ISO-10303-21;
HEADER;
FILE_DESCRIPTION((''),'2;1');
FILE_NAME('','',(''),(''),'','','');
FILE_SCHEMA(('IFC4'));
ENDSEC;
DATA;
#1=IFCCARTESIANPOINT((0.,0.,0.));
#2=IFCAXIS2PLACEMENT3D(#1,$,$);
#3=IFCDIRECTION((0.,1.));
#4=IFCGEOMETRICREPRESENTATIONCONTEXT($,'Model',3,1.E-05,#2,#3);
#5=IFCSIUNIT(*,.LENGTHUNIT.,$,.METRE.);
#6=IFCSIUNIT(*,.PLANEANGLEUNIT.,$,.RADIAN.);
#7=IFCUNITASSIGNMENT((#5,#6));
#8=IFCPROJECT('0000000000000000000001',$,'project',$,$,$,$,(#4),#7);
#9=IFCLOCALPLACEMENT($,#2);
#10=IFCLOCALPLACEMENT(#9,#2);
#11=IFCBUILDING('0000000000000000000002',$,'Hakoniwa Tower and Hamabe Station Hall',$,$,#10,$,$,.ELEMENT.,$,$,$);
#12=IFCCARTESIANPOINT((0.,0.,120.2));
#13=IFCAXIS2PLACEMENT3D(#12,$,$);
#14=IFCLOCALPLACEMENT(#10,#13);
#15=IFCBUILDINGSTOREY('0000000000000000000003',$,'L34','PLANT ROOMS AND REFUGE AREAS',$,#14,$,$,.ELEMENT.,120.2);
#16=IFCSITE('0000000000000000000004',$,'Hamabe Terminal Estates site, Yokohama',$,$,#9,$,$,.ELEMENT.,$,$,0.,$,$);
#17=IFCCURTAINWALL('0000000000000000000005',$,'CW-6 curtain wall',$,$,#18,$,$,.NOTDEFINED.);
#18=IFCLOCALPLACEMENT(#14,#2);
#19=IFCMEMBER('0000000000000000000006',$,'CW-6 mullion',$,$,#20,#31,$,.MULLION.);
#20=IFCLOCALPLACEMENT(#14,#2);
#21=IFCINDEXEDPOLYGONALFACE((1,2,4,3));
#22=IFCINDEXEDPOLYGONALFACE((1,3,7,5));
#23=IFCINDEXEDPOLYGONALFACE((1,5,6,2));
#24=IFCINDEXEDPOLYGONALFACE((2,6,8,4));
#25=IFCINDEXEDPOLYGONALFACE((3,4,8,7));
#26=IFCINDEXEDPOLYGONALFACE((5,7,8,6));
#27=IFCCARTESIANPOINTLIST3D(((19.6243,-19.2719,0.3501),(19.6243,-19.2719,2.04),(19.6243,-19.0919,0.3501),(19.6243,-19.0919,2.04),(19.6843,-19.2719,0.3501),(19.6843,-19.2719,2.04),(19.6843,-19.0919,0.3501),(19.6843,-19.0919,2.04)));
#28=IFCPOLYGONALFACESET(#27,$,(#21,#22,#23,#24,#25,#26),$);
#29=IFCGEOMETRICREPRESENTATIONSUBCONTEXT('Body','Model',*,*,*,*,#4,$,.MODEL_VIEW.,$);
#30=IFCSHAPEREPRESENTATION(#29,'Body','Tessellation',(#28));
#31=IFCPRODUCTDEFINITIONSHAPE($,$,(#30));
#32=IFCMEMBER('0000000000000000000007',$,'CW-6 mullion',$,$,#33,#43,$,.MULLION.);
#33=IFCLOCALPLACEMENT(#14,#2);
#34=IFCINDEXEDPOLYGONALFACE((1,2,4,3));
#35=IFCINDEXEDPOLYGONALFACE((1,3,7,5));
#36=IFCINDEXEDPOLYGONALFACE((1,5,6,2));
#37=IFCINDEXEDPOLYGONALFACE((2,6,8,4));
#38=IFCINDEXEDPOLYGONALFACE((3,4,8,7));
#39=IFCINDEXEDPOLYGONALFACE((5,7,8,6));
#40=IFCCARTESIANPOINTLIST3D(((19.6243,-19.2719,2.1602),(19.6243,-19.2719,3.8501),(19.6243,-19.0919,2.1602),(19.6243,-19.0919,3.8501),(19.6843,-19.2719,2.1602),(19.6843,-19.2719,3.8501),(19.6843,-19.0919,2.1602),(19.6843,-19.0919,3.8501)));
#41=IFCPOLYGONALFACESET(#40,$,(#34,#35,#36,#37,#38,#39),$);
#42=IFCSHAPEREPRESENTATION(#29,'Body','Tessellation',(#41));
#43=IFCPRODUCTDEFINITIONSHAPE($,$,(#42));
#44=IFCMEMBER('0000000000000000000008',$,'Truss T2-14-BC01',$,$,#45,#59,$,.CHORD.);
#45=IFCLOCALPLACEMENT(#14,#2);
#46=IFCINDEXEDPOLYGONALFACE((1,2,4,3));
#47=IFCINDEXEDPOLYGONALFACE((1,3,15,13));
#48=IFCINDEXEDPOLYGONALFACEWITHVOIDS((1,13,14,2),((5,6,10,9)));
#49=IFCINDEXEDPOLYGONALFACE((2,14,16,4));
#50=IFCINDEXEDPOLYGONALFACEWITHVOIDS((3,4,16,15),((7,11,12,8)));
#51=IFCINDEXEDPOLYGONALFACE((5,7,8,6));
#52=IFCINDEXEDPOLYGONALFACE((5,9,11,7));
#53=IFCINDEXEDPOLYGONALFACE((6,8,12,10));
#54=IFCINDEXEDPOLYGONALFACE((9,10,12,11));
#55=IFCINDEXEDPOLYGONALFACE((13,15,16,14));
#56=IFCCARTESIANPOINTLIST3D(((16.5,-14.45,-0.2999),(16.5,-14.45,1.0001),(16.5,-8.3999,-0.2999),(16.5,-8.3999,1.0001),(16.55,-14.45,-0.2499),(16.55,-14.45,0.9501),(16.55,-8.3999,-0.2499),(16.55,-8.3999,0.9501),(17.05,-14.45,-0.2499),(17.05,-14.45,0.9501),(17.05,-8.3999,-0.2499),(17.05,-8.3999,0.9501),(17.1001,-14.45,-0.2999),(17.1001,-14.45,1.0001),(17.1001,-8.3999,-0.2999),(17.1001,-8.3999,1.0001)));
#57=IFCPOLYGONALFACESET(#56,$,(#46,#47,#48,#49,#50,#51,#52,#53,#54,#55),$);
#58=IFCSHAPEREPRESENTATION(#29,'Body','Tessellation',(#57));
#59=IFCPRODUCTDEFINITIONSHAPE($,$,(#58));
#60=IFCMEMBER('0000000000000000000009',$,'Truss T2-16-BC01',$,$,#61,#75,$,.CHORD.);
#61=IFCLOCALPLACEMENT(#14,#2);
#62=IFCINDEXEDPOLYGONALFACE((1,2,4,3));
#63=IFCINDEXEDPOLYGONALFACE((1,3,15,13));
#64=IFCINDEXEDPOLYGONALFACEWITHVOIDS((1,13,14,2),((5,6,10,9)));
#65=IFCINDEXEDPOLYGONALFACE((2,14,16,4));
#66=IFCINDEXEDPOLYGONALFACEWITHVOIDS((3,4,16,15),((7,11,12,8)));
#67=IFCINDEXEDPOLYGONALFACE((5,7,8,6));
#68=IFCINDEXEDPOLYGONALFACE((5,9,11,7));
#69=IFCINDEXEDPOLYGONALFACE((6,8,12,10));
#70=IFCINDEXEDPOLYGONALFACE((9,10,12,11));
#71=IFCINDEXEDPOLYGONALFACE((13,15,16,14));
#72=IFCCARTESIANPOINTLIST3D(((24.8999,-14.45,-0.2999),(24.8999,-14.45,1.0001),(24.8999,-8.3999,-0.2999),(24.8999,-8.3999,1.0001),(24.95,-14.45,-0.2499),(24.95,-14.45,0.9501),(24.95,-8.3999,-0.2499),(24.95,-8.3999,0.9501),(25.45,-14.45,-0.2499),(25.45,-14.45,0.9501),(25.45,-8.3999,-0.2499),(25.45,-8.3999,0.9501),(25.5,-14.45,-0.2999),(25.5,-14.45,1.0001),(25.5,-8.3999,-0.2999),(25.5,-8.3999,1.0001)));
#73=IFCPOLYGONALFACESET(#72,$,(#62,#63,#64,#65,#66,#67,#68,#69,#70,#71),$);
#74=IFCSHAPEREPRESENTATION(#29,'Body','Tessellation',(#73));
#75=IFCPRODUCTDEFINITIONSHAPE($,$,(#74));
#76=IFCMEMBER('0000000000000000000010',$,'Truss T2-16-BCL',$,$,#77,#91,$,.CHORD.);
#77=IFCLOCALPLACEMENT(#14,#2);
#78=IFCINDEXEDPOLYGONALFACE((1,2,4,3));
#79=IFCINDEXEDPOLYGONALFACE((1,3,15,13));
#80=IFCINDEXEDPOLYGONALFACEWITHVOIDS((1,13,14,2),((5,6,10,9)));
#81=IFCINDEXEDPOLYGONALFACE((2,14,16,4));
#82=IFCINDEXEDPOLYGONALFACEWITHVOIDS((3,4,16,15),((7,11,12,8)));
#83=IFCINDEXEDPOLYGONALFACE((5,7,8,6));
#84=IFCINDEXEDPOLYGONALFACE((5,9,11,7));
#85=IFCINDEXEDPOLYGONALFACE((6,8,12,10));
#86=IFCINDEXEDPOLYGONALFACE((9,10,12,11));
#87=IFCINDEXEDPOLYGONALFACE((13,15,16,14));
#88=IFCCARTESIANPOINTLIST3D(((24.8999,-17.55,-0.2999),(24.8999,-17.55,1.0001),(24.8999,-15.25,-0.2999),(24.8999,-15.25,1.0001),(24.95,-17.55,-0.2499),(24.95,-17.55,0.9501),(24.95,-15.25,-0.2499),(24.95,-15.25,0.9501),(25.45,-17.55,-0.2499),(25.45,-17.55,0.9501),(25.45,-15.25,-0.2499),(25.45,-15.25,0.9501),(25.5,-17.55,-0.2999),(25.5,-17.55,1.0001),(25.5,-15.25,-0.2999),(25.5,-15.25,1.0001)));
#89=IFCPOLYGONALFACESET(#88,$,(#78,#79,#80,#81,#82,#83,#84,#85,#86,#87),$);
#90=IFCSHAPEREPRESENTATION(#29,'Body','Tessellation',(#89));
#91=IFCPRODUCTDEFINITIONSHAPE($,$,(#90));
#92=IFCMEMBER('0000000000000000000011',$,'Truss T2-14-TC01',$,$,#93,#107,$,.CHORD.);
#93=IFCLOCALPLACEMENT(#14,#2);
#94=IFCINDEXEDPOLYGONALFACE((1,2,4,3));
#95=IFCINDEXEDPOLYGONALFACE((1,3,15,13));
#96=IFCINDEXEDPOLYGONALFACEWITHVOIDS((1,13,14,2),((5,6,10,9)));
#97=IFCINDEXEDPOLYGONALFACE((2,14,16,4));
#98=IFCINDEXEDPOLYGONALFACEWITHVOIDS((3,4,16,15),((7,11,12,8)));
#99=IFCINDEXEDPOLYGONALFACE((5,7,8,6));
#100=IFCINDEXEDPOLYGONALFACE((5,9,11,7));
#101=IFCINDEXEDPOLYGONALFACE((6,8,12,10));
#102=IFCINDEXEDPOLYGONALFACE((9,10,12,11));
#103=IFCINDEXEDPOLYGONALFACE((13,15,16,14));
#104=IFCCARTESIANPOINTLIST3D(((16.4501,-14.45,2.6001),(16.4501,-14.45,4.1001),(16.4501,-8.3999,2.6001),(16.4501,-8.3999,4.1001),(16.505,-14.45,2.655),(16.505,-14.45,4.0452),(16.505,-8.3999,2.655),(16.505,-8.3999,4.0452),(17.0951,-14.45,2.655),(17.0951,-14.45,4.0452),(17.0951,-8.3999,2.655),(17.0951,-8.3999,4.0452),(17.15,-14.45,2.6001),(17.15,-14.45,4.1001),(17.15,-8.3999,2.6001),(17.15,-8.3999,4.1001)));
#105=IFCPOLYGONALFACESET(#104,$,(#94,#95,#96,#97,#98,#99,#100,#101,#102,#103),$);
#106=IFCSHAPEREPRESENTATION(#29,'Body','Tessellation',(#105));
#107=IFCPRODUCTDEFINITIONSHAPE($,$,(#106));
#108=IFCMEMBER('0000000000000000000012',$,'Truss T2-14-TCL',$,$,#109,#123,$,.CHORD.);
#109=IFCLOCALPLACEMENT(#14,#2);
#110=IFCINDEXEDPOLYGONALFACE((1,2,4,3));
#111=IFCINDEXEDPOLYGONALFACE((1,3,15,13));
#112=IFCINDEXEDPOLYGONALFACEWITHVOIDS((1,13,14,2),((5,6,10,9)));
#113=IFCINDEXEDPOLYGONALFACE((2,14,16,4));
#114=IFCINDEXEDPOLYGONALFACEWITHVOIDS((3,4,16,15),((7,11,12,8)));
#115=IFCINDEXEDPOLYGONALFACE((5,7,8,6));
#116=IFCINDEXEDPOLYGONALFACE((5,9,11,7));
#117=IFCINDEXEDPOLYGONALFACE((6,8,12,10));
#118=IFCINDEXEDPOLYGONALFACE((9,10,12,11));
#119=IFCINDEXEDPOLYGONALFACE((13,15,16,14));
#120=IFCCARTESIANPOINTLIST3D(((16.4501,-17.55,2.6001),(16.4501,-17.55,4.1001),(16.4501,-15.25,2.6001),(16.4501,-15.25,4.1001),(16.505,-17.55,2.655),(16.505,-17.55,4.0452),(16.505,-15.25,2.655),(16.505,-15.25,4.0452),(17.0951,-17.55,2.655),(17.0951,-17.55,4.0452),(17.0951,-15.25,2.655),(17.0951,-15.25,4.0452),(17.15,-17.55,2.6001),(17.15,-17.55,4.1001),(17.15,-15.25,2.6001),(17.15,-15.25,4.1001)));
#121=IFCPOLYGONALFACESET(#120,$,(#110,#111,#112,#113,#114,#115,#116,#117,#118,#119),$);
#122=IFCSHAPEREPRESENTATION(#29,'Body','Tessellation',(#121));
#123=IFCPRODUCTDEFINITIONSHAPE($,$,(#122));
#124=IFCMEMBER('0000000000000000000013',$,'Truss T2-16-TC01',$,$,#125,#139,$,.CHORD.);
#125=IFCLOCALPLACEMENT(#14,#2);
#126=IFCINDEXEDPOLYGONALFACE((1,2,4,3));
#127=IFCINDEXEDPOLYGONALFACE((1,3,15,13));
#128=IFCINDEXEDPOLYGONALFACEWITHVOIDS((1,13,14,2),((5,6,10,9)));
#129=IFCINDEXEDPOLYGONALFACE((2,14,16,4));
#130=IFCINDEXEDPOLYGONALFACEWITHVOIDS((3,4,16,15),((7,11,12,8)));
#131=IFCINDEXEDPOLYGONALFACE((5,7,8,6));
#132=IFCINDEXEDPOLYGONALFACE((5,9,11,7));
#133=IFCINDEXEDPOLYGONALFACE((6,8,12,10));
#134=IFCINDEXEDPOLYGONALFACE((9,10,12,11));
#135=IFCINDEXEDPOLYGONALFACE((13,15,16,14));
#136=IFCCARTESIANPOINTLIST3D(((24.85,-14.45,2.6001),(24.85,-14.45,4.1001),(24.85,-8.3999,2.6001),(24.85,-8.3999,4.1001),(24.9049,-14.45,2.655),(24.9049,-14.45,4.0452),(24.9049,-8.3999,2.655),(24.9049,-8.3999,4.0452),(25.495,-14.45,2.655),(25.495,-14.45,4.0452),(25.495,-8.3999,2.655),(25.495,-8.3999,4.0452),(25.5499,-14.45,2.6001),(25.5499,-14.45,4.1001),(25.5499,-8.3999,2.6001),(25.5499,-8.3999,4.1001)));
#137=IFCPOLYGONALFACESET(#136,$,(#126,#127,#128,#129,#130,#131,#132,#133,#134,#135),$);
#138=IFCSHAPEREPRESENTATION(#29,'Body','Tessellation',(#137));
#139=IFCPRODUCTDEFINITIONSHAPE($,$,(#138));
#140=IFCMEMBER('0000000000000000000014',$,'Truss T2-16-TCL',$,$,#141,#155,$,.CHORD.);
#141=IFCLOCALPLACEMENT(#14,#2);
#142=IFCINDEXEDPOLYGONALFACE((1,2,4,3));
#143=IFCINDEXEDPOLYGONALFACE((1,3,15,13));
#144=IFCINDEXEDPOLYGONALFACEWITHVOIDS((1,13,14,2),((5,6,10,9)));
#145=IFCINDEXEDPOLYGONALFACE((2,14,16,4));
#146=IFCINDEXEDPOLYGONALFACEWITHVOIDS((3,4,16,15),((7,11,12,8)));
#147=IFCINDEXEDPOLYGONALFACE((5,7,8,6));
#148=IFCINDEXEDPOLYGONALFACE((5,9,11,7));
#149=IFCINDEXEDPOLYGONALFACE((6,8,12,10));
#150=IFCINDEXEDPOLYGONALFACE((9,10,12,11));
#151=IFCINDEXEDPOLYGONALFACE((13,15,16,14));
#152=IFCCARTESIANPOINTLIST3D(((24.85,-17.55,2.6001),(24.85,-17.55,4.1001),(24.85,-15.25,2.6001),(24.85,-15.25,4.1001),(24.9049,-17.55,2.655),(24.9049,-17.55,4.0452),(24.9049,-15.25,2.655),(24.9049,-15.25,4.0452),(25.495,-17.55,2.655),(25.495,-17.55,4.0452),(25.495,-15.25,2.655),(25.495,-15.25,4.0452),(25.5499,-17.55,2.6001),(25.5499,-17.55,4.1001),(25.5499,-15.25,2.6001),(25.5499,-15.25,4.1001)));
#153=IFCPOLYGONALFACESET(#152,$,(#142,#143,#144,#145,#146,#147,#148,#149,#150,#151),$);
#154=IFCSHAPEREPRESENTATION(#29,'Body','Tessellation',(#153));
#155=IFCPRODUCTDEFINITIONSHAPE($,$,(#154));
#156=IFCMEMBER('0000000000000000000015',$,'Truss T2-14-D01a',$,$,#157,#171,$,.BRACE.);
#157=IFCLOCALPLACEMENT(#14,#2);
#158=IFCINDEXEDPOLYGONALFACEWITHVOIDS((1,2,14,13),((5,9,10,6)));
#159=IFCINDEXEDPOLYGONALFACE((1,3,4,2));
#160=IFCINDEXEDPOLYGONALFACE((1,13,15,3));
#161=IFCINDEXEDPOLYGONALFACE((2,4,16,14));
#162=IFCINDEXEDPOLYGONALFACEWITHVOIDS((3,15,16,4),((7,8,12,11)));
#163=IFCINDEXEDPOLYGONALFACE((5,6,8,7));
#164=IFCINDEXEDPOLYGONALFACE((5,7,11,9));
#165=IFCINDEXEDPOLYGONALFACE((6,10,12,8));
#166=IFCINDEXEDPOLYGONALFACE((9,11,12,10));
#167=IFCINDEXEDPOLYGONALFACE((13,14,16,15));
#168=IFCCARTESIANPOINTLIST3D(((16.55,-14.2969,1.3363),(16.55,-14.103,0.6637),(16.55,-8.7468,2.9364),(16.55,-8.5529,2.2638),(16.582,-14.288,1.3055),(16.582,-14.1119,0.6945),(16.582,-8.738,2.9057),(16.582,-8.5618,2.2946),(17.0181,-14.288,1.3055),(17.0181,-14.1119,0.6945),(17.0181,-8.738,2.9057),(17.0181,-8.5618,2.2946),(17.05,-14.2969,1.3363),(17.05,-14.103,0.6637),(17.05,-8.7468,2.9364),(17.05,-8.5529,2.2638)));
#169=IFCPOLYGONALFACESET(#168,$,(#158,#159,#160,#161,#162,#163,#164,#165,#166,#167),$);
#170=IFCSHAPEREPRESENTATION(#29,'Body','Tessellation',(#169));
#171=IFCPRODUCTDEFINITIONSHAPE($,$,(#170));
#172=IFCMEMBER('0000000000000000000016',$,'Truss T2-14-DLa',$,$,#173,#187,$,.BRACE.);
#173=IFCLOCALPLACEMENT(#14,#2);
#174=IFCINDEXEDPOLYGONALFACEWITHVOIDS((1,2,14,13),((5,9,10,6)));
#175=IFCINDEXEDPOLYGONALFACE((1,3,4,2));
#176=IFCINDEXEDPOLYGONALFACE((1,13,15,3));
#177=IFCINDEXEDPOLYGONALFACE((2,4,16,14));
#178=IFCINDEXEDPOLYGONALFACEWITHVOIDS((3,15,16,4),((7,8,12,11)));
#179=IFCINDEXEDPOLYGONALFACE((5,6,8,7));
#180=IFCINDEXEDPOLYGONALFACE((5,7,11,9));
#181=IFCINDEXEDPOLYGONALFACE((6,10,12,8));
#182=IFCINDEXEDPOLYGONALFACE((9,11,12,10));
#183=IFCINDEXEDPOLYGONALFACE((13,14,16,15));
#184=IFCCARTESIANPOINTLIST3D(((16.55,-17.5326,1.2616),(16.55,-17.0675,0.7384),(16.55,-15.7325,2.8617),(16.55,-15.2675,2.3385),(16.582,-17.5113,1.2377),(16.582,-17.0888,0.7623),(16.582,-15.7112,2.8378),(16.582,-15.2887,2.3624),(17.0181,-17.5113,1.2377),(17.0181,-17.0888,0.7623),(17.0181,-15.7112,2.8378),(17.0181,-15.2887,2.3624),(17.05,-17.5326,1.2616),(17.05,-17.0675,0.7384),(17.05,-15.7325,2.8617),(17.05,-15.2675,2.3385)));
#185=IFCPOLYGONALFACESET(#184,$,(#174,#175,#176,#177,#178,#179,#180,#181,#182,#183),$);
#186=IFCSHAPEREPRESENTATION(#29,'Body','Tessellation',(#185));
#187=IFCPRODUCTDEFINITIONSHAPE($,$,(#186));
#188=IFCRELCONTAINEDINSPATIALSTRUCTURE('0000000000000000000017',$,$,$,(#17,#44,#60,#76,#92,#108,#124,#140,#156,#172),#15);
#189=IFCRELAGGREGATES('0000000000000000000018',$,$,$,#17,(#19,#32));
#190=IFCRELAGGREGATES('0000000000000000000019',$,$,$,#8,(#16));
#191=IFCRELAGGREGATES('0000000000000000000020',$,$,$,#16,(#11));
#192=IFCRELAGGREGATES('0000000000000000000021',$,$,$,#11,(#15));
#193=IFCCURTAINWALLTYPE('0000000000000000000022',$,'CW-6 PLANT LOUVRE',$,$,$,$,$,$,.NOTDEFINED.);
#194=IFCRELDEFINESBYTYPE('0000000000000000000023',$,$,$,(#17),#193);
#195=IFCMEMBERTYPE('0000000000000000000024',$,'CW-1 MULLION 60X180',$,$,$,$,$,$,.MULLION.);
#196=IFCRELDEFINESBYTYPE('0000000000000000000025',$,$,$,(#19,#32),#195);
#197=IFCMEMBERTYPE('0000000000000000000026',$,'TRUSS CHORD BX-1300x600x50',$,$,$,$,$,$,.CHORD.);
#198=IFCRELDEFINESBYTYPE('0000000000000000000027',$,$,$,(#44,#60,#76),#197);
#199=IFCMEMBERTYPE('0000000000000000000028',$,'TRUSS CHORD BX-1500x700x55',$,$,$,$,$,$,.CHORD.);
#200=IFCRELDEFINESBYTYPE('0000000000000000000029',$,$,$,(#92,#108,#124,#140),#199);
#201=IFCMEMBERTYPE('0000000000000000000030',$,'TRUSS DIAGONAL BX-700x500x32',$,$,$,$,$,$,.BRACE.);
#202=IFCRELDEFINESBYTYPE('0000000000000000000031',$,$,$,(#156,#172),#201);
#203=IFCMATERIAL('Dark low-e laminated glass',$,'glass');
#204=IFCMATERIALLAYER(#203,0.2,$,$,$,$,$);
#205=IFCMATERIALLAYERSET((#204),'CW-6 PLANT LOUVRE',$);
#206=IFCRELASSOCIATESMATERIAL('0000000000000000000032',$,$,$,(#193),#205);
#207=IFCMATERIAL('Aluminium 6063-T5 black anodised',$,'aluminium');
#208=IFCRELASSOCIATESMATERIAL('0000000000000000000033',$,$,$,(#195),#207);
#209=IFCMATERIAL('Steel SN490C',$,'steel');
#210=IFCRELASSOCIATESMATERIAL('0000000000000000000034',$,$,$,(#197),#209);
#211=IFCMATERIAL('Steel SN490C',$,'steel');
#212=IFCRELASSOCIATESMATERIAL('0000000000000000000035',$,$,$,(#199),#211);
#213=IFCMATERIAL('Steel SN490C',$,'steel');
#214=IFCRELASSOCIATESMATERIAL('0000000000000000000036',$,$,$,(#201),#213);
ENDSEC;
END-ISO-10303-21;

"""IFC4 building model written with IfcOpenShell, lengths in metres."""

from ifc_helpers import new_model, si_unit, direction, frame, origin, origin_2d, place, context, subcontext, project, spatial, rectangle, hollow_rectangle, extrude, material, layer, layer_set, material_profile, profile_set, type_object, element, aggregate, save


model = new_model("IFC4")

# Units and contexts
model_context = context("Model", 3, precision=1e-05, world=origin(), true_north=direction((0.0, 1.0)))
body_context = subcontext(model_context, "Body", "Model", "MODEL_VIEW")
ifc_project = project(units=[si_unit("LENGTHUNIT", "METRE"), si_unit("PLANEANGLEUNIT", "RADIAN")], contexts=[model_context])

# Site, building, storey
site_placement = place(None, origin())
site = spatial("IfcSite", under=ifc_project, at=site_placement, Name="Hamabe Terminal Estates site, Yokohama", CompositionType="ELEMENT", RefElevation=0.0)
building_placement = place(site_placement, origin())
building = spatial("IfcBuilding", under=site, at=building_placement, Name="Hakoniwa Tower and Hamabe Station Hall", CompositionType="ELEMENT")
storey_placement = place(building_placement, frame((0.0, 0.0, 120.2)))
storey = spatial("IfcBuildingStorey", under=building, at=storey_placement, Name="L34", Description="PLANT ROOMS AND REFUGE AREAS", CompositionType="ELEMENT", Elevation=120.2)

# Curtain wall, members
ifc_material_1 = material(Name="Dark low-e laminated glass", Category="glass")
ifc_layer_1 = layer(ifc_material_1, 0.2)
ifc_layer_set_1 = layer_set([ifc_layer_1], Name="CW-6 PLANT LOUVRE")
curtain_wall_type = type_object("IfcCurtainWallType", Name="CW-6 PLANT LOUVRE", PredefinedType="NOTDEFINED", material=ifc_layer_set_1)
curtain_wall_placement = place(storey_placement, origin())
curtain_wall = element("IfcCurtainWall", 1, at=curtain_wall_placement, inside=storey, type_object=curtain_wall_type, Name="CW-6 curtain wall", PredefinedType="NOTDEFINED")
ifc_material_2 = material(Name="Aluminium 6063-T5 black anodised", Category="aluminium")
ifc_material_profile_1 = material_profile(ifc_material_2, rectangle(XDim=0.0601, YDim=0.1799, at=origin_2d()), Name="CW-1 MULLION 60X180")
ifc_profile_set_1 = profile_set([ifc_material_profile_1], Name="Aluminium 6063-T5 black anodised")
member_type_1 = type_object("IfcMemberType", Name="CW-1 MULLION 60X180", PredefinedType="MULLION", material=ifc_profile_set_1)
member_1_placement = place(storey_placement, frame((19.6543, -19.1819, 0.3501), z_axis=(0.0, 0.0, 1.0), x_axis=(1.0, 0.0, 0.0)))
member_1 = element("IfcMember", 2, at=member_1_placement, type_object=member_type_1, Name="CW-6 mullion", PredefinedType="MULLION", context=body_context, shape_type="SweptSolid", body=[
    extrude(rectangle(XDim=0.0601, YDim=0.1799, at=origin_2d()), origin(), (0.0, 0.0, 1.0), 1.6899),
])
member_2_placement = place(storey_placement, frame((19.6543, -19.1819, 2.1602), z_axis=(0.0, 0.0, 1.0), x_axis=(1.0, 0.0, 0.0)))
member_2 = element("IfcMember", 3, at=member_2_placement, type_object=member_type_1, Name="CW-6 mullion", PredefinedType="MULLION", context=body_context, shape_type="SweptSolid", body=[
    extrude(rectangle(XDim=0.0601, YDim=0.1799, at=origin_2d()), origin(), (0.0, 0.0, 1.0), 1.6899),
])

# Members
ifc_material_3 = material(Name="Steel SN490C", Category="steel")
ifc_material_profile_2 = material_profile(ifc_material_3, hollow_rectangle(XDim=0.6001, YDim=1.3, WallThickness=0.05, at=origin_2d()), Name="BX-1300x600x50")
ifc_profile_set_2 = profile_set([ifc_material_profile_2], Name="Steel SN490C")
member_type_2 = type_object("IfcMemberType", Name="TRUSS CHORD BX-1300x600x50", PredefinedType="CHORD", material=ifc_profile_set_2)
for number, where, z_axis, x_axis, name in (
    (4, (16.8, -14.45, 0.3501), (0.0, 1.0, 0.0), (-1.0, 0.0, 0.0), "Truss T2-14-BC01"),
    (5, (25.2, -14.45, 0.3501), (0.0, 1.0, 0.0), (-1.0, 0.0, 0.0), "Truss T2-16-BC01"),
):
    element("IfcMember", number, at=place(storey_placement, frame(where, z_axis=z_axis, x_axis=x_axis)), inside=storey, type_object=member_type_2, Name=name, PredefinedType="CHORD", context=body_context, shape_type="SweptSolid", body=[
        extrude(hollow_rectangle(XDim=0.6001, YDim=1.3, WallThickness=0.05, at=origin_2d()), origin(), (0.0, 0.0, 1.0), 6.05),
    ])
member_3_placement = place(storey_placement, frame((25.2, -17.55, 0.3501), z_axis=(0.0, 1.0, 0.0), x_axis=(-1.0, 0.0, 0.0)))
element("IfcMember", 6, at=member_3_placement, inside=storey, type_object=member_type_2, Name="Truss T2-16-BCL", PredefinedType="CHORD", context=body_context, shape_type="SweptSolid", body=[
    extrude(hollow_rectangle(XDim=0.6001, YDim=1.3, WallThickness=0.05, at=origin_2d()), origin(), (0.0, 0.0, 1.0), 2.3),
])
ifc_material_4 = material(Name="Steel SN490C", Category="steel")
ifc_material_profile_3 = material_profile(ifc_material_4, hollow_rectangle(XDim=0.7, YDim=1.5, WallThickness=0.0549, at=origin_2d()), Name="BX-1500x700x55")
ifc_profile_set_3 = profile_set([ifc_material_profile_3], Name="Steel SN490C")
member_type_3 = type_object("IfcMemberType", Name="TRUSS CHORD BX-1500x700x55", PredefinedType="CHORD", material=ifc_profile_set_3)
member_4_placement = place(storey_placement, frame((16.8, -14.45, 3.3501), z_axis=(0.0, 1.0, 0.0), x_axis=(-1.0, 0.0, 0.0)))
element("IfcMember", 7, at=member_4_placement, inside=storey, type_object=member_type_3, Name="Truss T2-14-TC01", PredefinedType="CHORD", context=body_context, shape_type="SweptSolid", body=[
    extrude(hollow_rectangle(XDim=0.7, YDim=1.5, WallThickness=0.0549, at=origin_2d()), origin(), (0.0, 0.0, 1.0), 6.05),
])
member_5_placement = place(storey_placement, frame((16.8, -17.55, 3.3501), z_axis=(0.0, 1.0, 0.0), x_axis=(-1.0, 0.0, 0.0)))
element("IfcMember", 8, at=member_5_placement, inside=storey, type_object=member_type_3, Name="Truss T2-14-TCL", PredefinedType="CHORD", context=body_context, shape_type="SweptSolid", body=[
    extrude(hollow_rectangle(XDim=0.7, YDim=1.5, WallThickness=0.0549, at=origin_2d()), origin(), (0.0, 0.0, 1.0), 2.3),
])
member_6_placement = place(storey_placement, frame((25.2, -14.45, 3.3501), z_axis=(0.0, 1.0, 0.0), x_axis=(-1.0, 0.0, 0.0)))
element("IfcMember", 9, at=member_6_placement, inside=storey, type_object=member_type_3, Name="Truss T2-16-TC01", PredefinedType="CHORD", context=body_context, shape_type="SweptSolid", body=[
    extrude(hollow_rectangle(XDim=0.7, YDim=1.5, WallThickness=0.0549, at=origin_2d()), origin(), (0.0, 0.0, 1.0), 6.05),
])
member_7_placement = place(storey_placement, frame((25.2, -17.55, 3.3501), z_axis=(0.0, 1.0, 0.0), x_axis=(-1.0, 0.0, 0.0)))
element("IfcMember", 10, at=member_7_placement, inside=storey, type_object=member_type_3, Name="Truss T2-16-TCL", PredefinedType="CHORD", context=body_context, shape_type="SweptSolid", body=[
    extrude(hollow_rectangle(XDim=0.7, YDim=1.5, WallThickness=0.0549, at=origin_2d()), origin(), (0.0, 0.0, 1.0), 2.3),
])
ifc_material_5 = material(Name="Steel SN490C", Category="steel")
ifc_material_profile_4 = material_profile(ifc_material_5, hollow_rectangle(XDim=0.5, YDim=0.7, WallThickness=0.032, at=origin_2d()), Name="BX-700x500x32")
ifc_profile_set_4 = profile_set([ifc_material_profile_4], Name="Steel SN490C")
member_type_4 = type_object("IfcMemberType", Name="TRUSS DIAGONAL BX-700x500x32", PredefinedType="BRACE", material=ifc_profile_set_4)
member_8_placement = place(storey_placement, frame((16.8, -14.2, 1.0), z_axis=(0.0, 0.960864, 0.27702), x_axis=(-1.0, 0.0, 0.0)))
element("IfcMember", 11, at=member_8_placement, inside=storey, type_object=member_type_4, Name="Truss T2-14-D01a", PredefinedType="BRACE", context=body_context, shape_type="SweptSolid", body=[
    extrude(hollow_rectangle(XDim=0.5, YDim=0.7, WallThickness=0.032, at=origin_2d()), origin(), (0.0, 0.0, 1.0), 5.7761),
])
for number, where, z_axis, x_axis, name in (
    (12, (16.8, -17.3, 1.0), (0.0, 0.747398, 0.664376), (-1.0, 0.0, 0.0), "Truss T2-14-DLa"),
):
    element("IfcMember", number, at=place(storey_placement, frame(where, z_axis=z_axis, x_axis=x_axis)), inside=storey, type_object=member_type_4, Name=name, PredefinedType="BRACE", context=body_context, shape_type="SweptSolid", body=[
        extrude(hollow_rectangle(XDim=0.5, YDim=0.7, WallThickness=0.032, at=origin_2d()), origin(), (0.0, 0.0, 1.0), 2.4084),
    ])

aggregate(curtain_wall, [member_1, member_2])

save(model, "model.ifc")
